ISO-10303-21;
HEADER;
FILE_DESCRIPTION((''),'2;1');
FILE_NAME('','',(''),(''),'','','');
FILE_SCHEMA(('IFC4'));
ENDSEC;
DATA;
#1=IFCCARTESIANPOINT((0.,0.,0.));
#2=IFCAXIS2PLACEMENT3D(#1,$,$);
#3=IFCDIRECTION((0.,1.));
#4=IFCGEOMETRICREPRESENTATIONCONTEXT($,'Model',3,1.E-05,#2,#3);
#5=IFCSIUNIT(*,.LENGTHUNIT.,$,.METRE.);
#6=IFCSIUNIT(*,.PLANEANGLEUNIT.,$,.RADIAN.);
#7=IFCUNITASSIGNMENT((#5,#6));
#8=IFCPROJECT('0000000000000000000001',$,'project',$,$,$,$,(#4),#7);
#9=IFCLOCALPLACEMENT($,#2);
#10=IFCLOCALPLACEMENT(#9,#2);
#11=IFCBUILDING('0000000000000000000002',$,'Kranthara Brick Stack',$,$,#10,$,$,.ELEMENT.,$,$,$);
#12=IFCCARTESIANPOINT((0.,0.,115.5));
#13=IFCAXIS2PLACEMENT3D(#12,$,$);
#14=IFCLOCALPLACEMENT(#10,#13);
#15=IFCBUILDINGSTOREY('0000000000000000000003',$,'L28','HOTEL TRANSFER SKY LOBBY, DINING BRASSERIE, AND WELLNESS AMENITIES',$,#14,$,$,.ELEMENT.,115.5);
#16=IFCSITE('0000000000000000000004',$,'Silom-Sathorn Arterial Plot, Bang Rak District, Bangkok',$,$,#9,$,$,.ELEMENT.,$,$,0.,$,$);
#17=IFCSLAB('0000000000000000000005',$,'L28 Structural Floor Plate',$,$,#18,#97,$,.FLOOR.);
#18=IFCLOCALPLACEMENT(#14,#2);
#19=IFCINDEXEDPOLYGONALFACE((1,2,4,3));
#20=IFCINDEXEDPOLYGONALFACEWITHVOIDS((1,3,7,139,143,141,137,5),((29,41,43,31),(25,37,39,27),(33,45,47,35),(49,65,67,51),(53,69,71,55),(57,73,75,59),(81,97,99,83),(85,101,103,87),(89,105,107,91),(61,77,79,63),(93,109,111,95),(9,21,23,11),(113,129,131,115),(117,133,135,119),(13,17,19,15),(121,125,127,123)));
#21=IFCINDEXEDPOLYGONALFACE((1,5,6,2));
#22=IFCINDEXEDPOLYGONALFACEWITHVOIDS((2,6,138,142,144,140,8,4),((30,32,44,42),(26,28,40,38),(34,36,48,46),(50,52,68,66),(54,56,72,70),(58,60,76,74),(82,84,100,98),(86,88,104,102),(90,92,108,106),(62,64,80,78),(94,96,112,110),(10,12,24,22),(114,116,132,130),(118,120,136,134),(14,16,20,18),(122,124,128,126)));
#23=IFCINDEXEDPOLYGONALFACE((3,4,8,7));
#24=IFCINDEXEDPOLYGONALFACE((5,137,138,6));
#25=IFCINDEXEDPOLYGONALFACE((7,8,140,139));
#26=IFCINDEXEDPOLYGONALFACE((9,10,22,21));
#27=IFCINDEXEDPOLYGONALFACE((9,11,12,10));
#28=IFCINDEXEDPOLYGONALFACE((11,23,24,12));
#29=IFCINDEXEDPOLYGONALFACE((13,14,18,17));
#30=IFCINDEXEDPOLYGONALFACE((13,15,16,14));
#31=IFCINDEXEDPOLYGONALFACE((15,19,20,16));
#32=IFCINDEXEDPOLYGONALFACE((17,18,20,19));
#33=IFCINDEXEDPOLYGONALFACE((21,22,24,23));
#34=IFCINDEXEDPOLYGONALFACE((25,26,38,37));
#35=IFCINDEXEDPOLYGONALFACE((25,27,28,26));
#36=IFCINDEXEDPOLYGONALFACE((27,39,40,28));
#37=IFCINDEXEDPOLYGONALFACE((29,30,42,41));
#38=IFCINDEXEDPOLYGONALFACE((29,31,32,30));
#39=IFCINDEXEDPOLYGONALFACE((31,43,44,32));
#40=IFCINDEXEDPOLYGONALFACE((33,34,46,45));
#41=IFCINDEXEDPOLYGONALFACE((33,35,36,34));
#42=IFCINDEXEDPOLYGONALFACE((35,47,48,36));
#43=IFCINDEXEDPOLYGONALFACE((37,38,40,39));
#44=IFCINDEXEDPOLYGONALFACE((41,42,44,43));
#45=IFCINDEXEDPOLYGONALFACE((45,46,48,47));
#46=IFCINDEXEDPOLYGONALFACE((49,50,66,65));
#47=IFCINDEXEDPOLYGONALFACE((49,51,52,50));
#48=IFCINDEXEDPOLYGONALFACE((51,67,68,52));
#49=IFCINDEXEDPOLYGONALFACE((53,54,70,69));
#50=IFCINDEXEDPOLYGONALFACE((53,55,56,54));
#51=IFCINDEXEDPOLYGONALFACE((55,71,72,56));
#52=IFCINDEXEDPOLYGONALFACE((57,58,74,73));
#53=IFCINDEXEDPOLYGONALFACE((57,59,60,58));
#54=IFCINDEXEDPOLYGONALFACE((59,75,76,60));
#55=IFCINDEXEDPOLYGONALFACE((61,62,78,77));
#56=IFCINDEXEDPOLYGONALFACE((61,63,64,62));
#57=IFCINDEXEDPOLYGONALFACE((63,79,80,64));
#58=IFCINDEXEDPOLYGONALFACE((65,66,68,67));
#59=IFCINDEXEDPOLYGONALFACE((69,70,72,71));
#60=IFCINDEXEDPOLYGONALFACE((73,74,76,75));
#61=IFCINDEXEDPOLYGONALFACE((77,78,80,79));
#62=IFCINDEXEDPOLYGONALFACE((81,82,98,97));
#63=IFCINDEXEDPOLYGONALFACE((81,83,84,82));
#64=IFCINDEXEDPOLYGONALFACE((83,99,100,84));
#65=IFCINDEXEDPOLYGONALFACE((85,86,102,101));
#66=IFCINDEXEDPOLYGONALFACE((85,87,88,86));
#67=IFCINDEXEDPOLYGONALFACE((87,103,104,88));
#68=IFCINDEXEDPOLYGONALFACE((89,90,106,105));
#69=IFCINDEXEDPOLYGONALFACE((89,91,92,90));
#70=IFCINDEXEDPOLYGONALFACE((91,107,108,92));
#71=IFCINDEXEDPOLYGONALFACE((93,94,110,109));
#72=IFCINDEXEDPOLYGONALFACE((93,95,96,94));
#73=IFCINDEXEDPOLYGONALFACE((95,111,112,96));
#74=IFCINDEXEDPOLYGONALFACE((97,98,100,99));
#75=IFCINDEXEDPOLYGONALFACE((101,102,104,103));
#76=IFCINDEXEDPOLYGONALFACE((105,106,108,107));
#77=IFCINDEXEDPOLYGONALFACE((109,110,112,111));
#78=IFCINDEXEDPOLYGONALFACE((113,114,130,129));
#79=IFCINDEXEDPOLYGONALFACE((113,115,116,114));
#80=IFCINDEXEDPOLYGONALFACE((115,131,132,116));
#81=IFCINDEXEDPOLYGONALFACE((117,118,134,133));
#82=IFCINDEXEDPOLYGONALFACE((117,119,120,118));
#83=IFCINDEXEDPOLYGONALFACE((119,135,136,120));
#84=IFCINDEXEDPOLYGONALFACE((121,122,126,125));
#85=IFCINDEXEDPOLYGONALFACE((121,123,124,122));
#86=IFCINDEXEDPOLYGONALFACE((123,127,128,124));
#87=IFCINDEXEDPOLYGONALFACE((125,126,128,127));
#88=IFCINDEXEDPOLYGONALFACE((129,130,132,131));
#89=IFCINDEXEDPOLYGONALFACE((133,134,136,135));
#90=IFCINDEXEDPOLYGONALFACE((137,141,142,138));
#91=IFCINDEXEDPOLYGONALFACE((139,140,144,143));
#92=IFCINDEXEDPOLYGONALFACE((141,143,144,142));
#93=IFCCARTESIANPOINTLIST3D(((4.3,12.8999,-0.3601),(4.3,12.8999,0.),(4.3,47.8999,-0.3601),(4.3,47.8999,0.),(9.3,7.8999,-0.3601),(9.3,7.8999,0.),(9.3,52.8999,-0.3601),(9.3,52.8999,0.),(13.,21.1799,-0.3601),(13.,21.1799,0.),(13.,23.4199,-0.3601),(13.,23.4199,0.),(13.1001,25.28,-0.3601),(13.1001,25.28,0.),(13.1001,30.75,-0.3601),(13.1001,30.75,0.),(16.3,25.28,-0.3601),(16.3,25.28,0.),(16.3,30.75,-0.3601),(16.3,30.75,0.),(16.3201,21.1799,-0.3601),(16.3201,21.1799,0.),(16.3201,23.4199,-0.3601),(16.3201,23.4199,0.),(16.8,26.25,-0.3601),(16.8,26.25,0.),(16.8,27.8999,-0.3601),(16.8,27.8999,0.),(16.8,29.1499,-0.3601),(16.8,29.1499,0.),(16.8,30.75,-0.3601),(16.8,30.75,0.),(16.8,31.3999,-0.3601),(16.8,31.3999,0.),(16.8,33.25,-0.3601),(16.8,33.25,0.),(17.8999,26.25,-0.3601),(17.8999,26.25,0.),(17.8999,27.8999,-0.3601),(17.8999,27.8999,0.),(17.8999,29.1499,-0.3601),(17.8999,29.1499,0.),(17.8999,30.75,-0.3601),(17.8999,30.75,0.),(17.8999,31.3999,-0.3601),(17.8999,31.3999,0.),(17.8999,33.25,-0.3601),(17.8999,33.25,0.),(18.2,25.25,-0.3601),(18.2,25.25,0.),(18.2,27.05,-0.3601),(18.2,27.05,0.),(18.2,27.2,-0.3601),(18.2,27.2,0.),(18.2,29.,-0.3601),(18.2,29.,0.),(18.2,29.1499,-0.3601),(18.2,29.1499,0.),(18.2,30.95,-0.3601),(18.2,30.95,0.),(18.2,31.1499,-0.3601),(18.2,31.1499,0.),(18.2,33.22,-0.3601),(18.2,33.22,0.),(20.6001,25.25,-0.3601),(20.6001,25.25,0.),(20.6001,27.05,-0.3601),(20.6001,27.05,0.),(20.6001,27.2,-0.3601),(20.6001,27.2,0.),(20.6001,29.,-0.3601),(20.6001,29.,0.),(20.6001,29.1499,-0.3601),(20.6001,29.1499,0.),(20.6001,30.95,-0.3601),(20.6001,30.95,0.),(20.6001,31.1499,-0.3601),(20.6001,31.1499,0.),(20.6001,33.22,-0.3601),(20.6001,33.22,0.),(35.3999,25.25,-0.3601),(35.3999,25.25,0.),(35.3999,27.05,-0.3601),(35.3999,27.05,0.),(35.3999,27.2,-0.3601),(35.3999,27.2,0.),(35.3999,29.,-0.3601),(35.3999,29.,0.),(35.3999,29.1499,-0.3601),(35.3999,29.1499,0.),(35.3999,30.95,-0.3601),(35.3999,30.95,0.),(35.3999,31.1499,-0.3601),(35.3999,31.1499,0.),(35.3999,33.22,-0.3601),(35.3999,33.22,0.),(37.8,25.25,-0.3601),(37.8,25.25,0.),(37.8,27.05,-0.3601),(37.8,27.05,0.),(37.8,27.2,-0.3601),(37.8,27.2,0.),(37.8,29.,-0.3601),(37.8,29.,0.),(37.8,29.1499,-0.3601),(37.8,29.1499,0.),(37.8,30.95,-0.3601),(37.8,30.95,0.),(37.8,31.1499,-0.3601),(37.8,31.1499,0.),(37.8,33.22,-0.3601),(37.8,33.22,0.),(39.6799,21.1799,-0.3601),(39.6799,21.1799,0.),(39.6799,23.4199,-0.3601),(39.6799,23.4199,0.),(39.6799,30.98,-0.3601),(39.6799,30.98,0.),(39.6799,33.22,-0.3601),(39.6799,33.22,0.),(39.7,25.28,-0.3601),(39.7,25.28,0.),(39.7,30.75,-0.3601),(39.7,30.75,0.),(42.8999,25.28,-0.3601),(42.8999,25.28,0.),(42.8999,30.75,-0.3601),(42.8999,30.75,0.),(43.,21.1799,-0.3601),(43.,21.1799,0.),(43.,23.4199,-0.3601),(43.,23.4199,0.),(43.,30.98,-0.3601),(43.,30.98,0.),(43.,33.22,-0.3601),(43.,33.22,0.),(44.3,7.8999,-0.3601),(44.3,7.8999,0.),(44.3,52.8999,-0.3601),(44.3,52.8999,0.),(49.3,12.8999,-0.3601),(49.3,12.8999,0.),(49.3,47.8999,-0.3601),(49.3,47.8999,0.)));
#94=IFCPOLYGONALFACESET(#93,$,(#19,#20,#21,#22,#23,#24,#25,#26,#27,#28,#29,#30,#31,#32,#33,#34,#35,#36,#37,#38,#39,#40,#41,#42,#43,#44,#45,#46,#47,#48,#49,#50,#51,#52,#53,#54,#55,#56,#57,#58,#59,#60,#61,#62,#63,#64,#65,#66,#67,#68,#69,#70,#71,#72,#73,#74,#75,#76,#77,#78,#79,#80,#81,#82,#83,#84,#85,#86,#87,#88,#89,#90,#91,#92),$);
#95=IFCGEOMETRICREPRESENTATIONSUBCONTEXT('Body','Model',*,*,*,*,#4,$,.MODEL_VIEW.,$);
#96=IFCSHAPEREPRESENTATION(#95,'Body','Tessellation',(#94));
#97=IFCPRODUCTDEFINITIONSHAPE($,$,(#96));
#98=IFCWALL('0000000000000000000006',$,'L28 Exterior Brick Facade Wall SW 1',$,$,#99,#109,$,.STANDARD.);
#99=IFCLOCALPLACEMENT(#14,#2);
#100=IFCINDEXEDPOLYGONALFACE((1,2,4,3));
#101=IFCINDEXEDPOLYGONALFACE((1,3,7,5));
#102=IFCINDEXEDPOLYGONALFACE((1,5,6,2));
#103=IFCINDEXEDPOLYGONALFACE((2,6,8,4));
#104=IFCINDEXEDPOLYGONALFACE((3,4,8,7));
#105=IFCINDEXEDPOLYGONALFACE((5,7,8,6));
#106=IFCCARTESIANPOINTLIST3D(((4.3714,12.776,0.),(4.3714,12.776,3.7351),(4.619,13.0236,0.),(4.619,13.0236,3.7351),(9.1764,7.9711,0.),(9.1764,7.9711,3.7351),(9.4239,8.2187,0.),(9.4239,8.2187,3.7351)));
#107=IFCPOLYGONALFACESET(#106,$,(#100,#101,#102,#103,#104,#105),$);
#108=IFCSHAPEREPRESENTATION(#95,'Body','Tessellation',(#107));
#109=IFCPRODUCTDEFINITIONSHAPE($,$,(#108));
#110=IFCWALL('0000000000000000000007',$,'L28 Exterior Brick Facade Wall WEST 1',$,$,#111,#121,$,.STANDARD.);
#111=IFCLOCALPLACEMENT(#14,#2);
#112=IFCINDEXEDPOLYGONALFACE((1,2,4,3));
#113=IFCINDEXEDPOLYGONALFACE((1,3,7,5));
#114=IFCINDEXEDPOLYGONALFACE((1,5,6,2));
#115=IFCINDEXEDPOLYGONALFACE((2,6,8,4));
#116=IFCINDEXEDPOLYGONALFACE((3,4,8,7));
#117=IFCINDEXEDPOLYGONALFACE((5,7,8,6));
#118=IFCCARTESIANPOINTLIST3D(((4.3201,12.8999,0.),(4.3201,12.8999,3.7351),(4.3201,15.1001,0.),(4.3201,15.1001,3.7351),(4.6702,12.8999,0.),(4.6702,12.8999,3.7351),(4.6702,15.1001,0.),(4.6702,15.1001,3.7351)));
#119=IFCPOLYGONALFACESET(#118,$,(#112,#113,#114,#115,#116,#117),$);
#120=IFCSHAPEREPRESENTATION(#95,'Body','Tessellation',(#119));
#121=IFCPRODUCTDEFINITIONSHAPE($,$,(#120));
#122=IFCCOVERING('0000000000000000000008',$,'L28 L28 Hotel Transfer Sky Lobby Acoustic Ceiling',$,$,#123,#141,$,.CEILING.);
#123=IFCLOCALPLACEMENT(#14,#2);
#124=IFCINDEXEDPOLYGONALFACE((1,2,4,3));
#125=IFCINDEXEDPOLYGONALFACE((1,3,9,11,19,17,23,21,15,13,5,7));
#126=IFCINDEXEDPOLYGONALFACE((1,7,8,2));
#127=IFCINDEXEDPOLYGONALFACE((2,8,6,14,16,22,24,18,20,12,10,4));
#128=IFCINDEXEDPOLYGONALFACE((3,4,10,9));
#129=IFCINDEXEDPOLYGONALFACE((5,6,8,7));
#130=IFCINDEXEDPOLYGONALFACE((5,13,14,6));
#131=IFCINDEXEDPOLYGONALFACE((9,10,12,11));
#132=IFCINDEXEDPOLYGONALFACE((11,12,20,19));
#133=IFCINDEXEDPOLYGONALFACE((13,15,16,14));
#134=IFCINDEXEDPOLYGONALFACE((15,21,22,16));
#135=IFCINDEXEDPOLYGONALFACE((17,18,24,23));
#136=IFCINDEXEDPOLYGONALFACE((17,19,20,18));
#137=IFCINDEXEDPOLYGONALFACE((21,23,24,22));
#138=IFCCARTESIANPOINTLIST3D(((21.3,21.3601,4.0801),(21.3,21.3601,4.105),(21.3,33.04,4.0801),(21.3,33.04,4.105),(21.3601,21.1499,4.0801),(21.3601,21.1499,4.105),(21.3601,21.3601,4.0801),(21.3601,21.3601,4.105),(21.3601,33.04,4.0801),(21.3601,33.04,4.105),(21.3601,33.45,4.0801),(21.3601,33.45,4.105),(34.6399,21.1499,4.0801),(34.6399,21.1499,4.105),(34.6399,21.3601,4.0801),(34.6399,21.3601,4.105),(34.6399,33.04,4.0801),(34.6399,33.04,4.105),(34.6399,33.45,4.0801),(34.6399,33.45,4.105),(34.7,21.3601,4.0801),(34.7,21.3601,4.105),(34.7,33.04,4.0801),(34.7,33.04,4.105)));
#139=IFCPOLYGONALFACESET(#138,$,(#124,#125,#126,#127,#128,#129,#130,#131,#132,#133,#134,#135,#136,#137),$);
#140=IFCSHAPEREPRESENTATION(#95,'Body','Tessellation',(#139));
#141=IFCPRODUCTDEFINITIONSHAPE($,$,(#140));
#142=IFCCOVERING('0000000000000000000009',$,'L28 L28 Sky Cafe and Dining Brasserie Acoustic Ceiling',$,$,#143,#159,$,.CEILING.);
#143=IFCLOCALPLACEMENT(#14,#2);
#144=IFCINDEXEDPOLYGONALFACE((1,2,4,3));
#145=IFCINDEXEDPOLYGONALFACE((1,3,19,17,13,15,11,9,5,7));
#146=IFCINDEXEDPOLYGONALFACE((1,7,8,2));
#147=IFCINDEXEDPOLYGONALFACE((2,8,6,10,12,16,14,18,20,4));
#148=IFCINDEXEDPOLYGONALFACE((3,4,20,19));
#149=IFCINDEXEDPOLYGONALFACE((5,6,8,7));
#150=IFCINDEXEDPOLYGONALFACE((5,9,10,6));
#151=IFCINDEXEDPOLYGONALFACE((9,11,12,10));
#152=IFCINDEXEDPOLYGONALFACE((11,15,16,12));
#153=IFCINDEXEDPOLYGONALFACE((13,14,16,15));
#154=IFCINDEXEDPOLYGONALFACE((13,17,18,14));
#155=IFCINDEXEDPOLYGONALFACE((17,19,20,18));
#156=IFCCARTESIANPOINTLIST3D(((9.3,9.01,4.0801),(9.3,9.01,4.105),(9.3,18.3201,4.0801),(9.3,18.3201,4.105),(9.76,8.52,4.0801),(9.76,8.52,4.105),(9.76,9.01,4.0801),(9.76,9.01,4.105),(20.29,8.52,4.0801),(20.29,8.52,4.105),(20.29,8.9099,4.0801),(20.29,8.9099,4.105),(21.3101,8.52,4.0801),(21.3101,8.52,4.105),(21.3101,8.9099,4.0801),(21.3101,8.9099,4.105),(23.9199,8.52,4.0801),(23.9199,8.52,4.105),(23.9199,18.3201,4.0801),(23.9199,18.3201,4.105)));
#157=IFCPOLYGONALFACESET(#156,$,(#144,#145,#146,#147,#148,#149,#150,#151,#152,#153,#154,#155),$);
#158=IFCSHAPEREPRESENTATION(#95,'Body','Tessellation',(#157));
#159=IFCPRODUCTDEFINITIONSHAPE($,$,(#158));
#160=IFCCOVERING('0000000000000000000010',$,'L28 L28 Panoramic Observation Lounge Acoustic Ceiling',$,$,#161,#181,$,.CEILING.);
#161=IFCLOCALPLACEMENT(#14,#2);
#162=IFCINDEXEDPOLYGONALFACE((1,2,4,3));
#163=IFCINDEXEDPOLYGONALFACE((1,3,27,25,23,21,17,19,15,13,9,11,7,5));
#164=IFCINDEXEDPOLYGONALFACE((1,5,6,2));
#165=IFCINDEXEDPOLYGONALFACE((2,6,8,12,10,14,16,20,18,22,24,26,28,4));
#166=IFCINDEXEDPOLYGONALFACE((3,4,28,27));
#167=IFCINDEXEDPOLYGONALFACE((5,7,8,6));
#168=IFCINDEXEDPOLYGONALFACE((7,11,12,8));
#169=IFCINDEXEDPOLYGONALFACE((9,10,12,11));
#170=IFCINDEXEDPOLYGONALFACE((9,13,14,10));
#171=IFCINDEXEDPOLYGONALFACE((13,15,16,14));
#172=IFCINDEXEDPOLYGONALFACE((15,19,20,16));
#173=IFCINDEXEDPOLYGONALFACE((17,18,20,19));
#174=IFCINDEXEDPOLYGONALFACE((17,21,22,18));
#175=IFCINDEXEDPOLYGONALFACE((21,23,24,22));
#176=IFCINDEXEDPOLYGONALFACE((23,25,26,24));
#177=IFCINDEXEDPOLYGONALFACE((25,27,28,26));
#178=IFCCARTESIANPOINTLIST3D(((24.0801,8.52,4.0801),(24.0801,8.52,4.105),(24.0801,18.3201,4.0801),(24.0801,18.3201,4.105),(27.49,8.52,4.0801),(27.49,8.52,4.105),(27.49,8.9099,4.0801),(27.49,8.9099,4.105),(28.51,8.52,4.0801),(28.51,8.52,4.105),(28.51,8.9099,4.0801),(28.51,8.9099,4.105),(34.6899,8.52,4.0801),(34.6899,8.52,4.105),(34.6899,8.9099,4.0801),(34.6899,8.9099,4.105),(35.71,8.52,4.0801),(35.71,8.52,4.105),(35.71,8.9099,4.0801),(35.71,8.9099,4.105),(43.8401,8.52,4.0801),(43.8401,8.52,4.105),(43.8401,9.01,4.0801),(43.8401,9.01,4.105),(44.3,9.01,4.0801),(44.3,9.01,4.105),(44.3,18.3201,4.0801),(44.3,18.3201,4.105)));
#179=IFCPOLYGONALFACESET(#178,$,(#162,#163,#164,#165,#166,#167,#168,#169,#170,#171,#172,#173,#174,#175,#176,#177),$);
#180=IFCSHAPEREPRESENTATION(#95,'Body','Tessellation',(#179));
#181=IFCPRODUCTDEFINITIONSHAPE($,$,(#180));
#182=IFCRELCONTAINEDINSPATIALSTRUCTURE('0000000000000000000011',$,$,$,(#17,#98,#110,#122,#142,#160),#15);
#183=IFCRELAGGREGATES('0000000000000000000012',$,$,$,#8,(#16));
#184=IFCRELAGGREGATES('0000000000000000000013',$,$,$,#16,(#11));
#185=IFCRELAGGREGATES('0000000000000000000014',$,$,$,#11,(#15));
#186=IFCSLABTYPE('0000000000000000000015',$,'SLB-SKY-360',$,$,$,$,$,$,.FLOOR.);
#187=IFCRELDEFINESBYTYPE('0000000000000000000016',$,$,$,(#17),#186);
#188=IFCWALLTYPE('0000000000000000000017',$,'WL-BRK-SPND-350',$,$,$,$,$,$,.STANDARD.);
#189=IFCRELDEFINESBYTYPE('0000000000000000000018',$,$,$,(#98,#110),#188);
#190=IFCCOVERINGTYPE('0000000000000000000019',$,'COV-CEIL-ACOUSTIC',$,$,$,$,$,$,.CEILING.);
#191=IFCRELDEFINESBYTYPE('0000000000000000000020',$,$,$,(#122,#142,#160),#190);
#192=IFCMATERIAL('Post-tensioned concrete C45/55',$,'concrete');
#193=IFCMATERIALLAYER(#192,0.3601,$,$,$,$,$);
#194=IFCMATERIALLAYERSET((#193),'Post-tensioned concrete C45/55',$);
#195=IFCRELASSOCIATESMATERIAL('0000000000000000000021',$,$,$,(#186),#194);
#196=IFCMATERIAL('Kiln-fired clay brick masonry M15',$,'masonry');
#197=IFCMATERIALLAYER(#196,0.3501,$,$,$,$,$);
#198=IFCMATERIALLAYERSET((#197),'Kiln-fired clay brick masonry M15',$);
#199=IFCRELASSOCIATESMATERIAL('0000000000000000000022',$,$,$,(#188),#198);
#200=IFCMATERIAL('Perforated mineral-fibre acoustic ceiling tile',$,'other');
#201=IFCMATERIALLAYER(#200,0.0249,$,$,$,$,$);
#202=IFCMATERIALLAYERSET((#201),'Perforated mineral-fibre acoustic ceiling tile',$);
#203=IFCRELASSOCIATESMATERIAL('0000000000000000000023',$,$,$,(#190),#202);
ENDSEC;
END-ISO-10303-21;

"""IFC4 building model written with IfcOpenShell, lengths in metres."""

from ifc_helpers import new_model, si_unit, direction, frame, frame_2d, origin, place, context, subcontext, project, spatial, polyline, rectangle, outline, extrude, material, layer, layer_set, type_object, element, save


model = new_model("IFC4")

# Units and contexts
model_context = context("Model", 3, precision=1e-05, world=origin(), true_north=direction((0.0, 1.0)))
body_context = subcontext(model_context, "Body", "Model", "MODEL_VIEW")
ifc_project = project(units=[si_unit("LENGTHUNIT", "METRE"), si_unit("PLANEANGLEUNIT", "RADIAN")], contexts=[model_context])

# Site, building, storey
site_placement = place(None, origin())
site = spatial("IfcSite", under=ifc_project, at=site_placement, Name="Silom-Sathorn Arterial Plot, Bang Rak District, Bangkok", CompositionType="ELEMENT", RefElevation=0.0)
building_placement = place(site_placement, origin())
building = spatial("IfcBuilding", under=site, at=building_placement, Name="Kranthara Brick Stack", CompositionType="ELEMENT")
storey_placement = place(building_placement, frame((0.0, 0.0, 115.5)))
storey = spatial("IfcBuildingStorey", under=building, at=storey_placement, Name="L28", Description="HOTEL TRANSFER SKY LOBBY, DINING BRASSERIE, AND WELLNESS AMENITIES", CompositionType="ELEMENT", Elevation=115.5)

# Slab
ifc_material_1 = material(Name="Post-tensioned concrete C45/55", Category="concrete")
ifc_layer_1 = layer(ifc_material_1, 0.3601)
ifc_layer_set_1 = layer_set([ifc_layer_1], Name="Post-tensioned concrete C45/55")
slab_type_1 = type_object("IfcSlabType", Name="SLB-SKY-360", PredefinedType="FLOOR", material=ifc_layer_set_1)
slab_1_placement = place(storey_placement, frame((0.0, 0.0, -0.3601)))
element("IfcSlab", 1, at=slab_1_placement, inside=storey, type_object=slab_type_1, Name="L28 Structural Floor Plate", PredefinedType="FLOOR", context=body_context, shape_type="SweptSolid", body=[
    extrude(outline(polyline([(9.3, 7.8999), (44.3, 7.8999), (49.3, 12.8999), (49.3, 47.8999), (44.3, 52.8999), (9.3, 52.8999), (4.3, 47.8999), (4.3, 12.8999), (9.3, 7.8999)]), holes=[polyline([(13.1001, 25.28), (16.3, 25.28), (16.3, 30.75), (13.1001, 30.75), (13.1001, 25.28)]), polyline([(39.7, 25.28), (42.8999, 25.28), (42.8999, 30.75), (39.7, 30.75), (39.7, 25.28)]), polyline([(13.0, 21.1799), (16.3201, 21.1799), (16.3201, 23.4199), (13.0, 23.4199), (13.0, 21.1799)]), polyline([(39.6799, 21.1799), (43.0, 21.1799), (43.0, 23.4199), (39.6799, 23.4199), (39.6799, 21.1799)]), polyline([(39.6799, 30.98), (43.0, 30.98), (43.0, 33.22), (39.6799, 33.22), (39.6799, 30.98)]), polyline([(18.2, 25.25), (20.6001, 25.25), (20.6001, 27.05), (18.2, 27.05), (18.2, 25.25)]), polyline([(18.2, 27.2), (20.6001, 27.2), (20.6001, 29.0), (18.2, 29.0), (18.2, 27.2)]), polyline([(18.2, 29.1499), (20.6001, 29.1499), (20.6001, 30.95), (18.2, 30.95), (18.2, 29.1499)]), polyline([(35.3999, 25.25), (37.8, 25.25), (37.8, 27.05), (35.3999, 27.05), (35.3999, 25.25)]), polyline([(35.3999, 27.2), (37.8, 27.2), (37.8, 29.0), (35.3999, 29.0), (35.3999, 27.2)]), polyline([(35.3999, 29.1499), (37.8, 29.1499), (37.8, 30.95), (35.3999, 30.95), (35.3999, 29.1499)]), polyline([(18.2, 31.1499), (20.6001, 31.1499), (20.6001, 33.22), (18.2, 33.22), (18.2, 31.1499)]), polyline([(35.3999, 31.1499), (37.8, 31.1499), (37.8, 33.22), (35.3999, 33.22), (35.3999, 31.1499)]), polyline([(16.8, 26.25), (17.8999, 26.25), (17.8999, 27.8999), (16.8, 27.8999), (16.8, 26.25)]), polyline([(16.8, 29.1499), (17.8999, 29.1499), (17.8999, 30.75), (16.8, 30.75), (16.8, 29.1499)]), polyline([(16.8, 31.3999), (17.8999, 31.3999), (17.8999, 33.25), (16.8, 33.25), (16.8, 31.3999)])]), origin(), (0.0, 0.0, 1.0), 0.3601),
])

# Walls
ifc_material_2 = material(Name="Kiln-fired clay brick masonry M15", Category="masonry")
ifc_layer_2 = layer(ifc_material_2, 0.3501)
ifc_layer_set_2 = layer_set([ifc_layer_2], Name="Kiln-fired clay brick masonry M15")
wall_type = type_object("IfcWallType", Name="WL-BRK-SPND-350", PredefinedType="STANDARD", material=ifc_layer_set_2)
wall_1_placement = place(storey_placement, frame((9.3, 8.095, 0.0), z_axis=(0.0, 0.0, 1.0), x_axis=(-0.707107, 0.707107, 0.0)))
element("IfcWall", 2, at=wall_1_placement, inside=storey, type_object=wall_type, Name="L28 Exterior Brick Facade Wall SW 1", PredefinedType="STANDARD", context=body_context, shape_type="SweptSolid", body=[
    extrude(rectangle(XDim=6.7952, YDim=0.3501, at=frame_2d((3.3975, 0.0))), origin(), (0.0, 0.0, 1.0), 3.7351),
])
wall_2_placement = place(storey_placement, frame((4.4951, 12.8999, 0.0), z_axis=(0.0, 0.0, 1.0), x_axis=(0.0, 1.0, 0.0)))
element("IfcWall", 3, at=wall_2_placement, inside=storey, type_object=wall_type, Name="L28 Exterior Brick Facade Wall WEST 1", PredefinedType="STANDARD", context=body_context, shape_type="SweptSolid", body=[
    extrude(rectangle(XDim=2.2002, YDim=0.3501, at=frame_2d((1.1001, 0.0))), origin(), (0.0, 0.0, 1.0), 3.7351),
])

# Coverings
ifc_material_3 = material(Name="Perforated mineral-fibre acoustic ceiling tile", Category="other")
ifc_layer_3 = layer(ifc_material_3, 0.0249)
ifc_layer_set_3 = layer_set([ifc_layer_3], Name="Perforated mineral-fibre acoustic ceiling tile")
covering_type_1 = type_object("IfcCoveringType", Name="COV-CEIL-ACOUSTIC", PredefinedType="CEILING", material=ifc_layer_set_3)
covering_1_placement = place(storey_placement, frame((0.0, 0.0, 4.0801)))
element("IfcCovering", 4, at=covering_1_placement, inside=storey, type_object=covering_type_1, Name="L28 L28 Hotel Transfer Sky Lobby Acoustic Ceiling", PredefinedType="CEILING", context=body_context, shape_type="SweptSolid", body=[
    extrude(outline(polyline([(34.6399, 21.3601), (34.6399, 21.1499), (21.3601, 21.1499), (21.3601, 21.3601), (21.3, 21.3601), (21.3, 33.04), (21.3601, 33.04), (21.3601, 33.45), (34.6399, 33.45), (34.6399, 33.04), (34.7, 33.04), (34.7, 21.3601), (34.6399, 21.3601)])), origin(), (0.0, 0.0, 1.0), 0.0249),
])
covering_2_placement = place(storey_placement, frame((0.0, 0.0, 4.0801)))
element("IfcCovering", 5, at=covering_2_placement, inside=storey, type_object=covering_type_1, Name="L28 L28 Sky Cafe and Dining Brasserie Acoustic Ceiling", PredefinedType="CEILING", context=body_context, shape_type="SweptSolid", body=[
    extrude(outline(polyline([(23.9199, 18.3201), (23.9199, 8.52), (21.3101, 8.52), (21.3101, 8.9099), (20.29, 8.9099), (20.29, 8.52), (9.76, 8.52), (9.76, 9.01), (9.3, 9.01), (9.3, 18.3201), (23.9199, 18.3201)])), origin(), (0.0, 0.0, 1.0), 0.0249),
])
covering_3_placement = place(storey_placement, frame((0.0, 0.0, 4.0801)))
element("IfcCovering", 6, at=covering_3_placement, inside=storey, type_object=covering_type_1, Name="L28 L28 Panoramic Observation Lounge Acoustic Ceiling", PredefinedType="CEILING", context=body_context, shape_type="SweptSolid", body=[
    extrude(outline(polyline([(44.3, 18.3201), (44.3, 9.01), (43.8401, 9.01), (43.8401, 8.52), (35.71, 8.52), (35.71, 8.9099), (34.6899, 8.9099), (34.6899, 8.52), (28.51, 8.52), (28.51, 8.9099), (27.49, 8.9099), (27.49, 8.52), (24.0801, 8.52), (24.0801, 18.3201), (44.3, 18.3201)])), origin(), (0.0, 0.0, 1.0), 0.0249),
])

save(model, "model.ifc")
